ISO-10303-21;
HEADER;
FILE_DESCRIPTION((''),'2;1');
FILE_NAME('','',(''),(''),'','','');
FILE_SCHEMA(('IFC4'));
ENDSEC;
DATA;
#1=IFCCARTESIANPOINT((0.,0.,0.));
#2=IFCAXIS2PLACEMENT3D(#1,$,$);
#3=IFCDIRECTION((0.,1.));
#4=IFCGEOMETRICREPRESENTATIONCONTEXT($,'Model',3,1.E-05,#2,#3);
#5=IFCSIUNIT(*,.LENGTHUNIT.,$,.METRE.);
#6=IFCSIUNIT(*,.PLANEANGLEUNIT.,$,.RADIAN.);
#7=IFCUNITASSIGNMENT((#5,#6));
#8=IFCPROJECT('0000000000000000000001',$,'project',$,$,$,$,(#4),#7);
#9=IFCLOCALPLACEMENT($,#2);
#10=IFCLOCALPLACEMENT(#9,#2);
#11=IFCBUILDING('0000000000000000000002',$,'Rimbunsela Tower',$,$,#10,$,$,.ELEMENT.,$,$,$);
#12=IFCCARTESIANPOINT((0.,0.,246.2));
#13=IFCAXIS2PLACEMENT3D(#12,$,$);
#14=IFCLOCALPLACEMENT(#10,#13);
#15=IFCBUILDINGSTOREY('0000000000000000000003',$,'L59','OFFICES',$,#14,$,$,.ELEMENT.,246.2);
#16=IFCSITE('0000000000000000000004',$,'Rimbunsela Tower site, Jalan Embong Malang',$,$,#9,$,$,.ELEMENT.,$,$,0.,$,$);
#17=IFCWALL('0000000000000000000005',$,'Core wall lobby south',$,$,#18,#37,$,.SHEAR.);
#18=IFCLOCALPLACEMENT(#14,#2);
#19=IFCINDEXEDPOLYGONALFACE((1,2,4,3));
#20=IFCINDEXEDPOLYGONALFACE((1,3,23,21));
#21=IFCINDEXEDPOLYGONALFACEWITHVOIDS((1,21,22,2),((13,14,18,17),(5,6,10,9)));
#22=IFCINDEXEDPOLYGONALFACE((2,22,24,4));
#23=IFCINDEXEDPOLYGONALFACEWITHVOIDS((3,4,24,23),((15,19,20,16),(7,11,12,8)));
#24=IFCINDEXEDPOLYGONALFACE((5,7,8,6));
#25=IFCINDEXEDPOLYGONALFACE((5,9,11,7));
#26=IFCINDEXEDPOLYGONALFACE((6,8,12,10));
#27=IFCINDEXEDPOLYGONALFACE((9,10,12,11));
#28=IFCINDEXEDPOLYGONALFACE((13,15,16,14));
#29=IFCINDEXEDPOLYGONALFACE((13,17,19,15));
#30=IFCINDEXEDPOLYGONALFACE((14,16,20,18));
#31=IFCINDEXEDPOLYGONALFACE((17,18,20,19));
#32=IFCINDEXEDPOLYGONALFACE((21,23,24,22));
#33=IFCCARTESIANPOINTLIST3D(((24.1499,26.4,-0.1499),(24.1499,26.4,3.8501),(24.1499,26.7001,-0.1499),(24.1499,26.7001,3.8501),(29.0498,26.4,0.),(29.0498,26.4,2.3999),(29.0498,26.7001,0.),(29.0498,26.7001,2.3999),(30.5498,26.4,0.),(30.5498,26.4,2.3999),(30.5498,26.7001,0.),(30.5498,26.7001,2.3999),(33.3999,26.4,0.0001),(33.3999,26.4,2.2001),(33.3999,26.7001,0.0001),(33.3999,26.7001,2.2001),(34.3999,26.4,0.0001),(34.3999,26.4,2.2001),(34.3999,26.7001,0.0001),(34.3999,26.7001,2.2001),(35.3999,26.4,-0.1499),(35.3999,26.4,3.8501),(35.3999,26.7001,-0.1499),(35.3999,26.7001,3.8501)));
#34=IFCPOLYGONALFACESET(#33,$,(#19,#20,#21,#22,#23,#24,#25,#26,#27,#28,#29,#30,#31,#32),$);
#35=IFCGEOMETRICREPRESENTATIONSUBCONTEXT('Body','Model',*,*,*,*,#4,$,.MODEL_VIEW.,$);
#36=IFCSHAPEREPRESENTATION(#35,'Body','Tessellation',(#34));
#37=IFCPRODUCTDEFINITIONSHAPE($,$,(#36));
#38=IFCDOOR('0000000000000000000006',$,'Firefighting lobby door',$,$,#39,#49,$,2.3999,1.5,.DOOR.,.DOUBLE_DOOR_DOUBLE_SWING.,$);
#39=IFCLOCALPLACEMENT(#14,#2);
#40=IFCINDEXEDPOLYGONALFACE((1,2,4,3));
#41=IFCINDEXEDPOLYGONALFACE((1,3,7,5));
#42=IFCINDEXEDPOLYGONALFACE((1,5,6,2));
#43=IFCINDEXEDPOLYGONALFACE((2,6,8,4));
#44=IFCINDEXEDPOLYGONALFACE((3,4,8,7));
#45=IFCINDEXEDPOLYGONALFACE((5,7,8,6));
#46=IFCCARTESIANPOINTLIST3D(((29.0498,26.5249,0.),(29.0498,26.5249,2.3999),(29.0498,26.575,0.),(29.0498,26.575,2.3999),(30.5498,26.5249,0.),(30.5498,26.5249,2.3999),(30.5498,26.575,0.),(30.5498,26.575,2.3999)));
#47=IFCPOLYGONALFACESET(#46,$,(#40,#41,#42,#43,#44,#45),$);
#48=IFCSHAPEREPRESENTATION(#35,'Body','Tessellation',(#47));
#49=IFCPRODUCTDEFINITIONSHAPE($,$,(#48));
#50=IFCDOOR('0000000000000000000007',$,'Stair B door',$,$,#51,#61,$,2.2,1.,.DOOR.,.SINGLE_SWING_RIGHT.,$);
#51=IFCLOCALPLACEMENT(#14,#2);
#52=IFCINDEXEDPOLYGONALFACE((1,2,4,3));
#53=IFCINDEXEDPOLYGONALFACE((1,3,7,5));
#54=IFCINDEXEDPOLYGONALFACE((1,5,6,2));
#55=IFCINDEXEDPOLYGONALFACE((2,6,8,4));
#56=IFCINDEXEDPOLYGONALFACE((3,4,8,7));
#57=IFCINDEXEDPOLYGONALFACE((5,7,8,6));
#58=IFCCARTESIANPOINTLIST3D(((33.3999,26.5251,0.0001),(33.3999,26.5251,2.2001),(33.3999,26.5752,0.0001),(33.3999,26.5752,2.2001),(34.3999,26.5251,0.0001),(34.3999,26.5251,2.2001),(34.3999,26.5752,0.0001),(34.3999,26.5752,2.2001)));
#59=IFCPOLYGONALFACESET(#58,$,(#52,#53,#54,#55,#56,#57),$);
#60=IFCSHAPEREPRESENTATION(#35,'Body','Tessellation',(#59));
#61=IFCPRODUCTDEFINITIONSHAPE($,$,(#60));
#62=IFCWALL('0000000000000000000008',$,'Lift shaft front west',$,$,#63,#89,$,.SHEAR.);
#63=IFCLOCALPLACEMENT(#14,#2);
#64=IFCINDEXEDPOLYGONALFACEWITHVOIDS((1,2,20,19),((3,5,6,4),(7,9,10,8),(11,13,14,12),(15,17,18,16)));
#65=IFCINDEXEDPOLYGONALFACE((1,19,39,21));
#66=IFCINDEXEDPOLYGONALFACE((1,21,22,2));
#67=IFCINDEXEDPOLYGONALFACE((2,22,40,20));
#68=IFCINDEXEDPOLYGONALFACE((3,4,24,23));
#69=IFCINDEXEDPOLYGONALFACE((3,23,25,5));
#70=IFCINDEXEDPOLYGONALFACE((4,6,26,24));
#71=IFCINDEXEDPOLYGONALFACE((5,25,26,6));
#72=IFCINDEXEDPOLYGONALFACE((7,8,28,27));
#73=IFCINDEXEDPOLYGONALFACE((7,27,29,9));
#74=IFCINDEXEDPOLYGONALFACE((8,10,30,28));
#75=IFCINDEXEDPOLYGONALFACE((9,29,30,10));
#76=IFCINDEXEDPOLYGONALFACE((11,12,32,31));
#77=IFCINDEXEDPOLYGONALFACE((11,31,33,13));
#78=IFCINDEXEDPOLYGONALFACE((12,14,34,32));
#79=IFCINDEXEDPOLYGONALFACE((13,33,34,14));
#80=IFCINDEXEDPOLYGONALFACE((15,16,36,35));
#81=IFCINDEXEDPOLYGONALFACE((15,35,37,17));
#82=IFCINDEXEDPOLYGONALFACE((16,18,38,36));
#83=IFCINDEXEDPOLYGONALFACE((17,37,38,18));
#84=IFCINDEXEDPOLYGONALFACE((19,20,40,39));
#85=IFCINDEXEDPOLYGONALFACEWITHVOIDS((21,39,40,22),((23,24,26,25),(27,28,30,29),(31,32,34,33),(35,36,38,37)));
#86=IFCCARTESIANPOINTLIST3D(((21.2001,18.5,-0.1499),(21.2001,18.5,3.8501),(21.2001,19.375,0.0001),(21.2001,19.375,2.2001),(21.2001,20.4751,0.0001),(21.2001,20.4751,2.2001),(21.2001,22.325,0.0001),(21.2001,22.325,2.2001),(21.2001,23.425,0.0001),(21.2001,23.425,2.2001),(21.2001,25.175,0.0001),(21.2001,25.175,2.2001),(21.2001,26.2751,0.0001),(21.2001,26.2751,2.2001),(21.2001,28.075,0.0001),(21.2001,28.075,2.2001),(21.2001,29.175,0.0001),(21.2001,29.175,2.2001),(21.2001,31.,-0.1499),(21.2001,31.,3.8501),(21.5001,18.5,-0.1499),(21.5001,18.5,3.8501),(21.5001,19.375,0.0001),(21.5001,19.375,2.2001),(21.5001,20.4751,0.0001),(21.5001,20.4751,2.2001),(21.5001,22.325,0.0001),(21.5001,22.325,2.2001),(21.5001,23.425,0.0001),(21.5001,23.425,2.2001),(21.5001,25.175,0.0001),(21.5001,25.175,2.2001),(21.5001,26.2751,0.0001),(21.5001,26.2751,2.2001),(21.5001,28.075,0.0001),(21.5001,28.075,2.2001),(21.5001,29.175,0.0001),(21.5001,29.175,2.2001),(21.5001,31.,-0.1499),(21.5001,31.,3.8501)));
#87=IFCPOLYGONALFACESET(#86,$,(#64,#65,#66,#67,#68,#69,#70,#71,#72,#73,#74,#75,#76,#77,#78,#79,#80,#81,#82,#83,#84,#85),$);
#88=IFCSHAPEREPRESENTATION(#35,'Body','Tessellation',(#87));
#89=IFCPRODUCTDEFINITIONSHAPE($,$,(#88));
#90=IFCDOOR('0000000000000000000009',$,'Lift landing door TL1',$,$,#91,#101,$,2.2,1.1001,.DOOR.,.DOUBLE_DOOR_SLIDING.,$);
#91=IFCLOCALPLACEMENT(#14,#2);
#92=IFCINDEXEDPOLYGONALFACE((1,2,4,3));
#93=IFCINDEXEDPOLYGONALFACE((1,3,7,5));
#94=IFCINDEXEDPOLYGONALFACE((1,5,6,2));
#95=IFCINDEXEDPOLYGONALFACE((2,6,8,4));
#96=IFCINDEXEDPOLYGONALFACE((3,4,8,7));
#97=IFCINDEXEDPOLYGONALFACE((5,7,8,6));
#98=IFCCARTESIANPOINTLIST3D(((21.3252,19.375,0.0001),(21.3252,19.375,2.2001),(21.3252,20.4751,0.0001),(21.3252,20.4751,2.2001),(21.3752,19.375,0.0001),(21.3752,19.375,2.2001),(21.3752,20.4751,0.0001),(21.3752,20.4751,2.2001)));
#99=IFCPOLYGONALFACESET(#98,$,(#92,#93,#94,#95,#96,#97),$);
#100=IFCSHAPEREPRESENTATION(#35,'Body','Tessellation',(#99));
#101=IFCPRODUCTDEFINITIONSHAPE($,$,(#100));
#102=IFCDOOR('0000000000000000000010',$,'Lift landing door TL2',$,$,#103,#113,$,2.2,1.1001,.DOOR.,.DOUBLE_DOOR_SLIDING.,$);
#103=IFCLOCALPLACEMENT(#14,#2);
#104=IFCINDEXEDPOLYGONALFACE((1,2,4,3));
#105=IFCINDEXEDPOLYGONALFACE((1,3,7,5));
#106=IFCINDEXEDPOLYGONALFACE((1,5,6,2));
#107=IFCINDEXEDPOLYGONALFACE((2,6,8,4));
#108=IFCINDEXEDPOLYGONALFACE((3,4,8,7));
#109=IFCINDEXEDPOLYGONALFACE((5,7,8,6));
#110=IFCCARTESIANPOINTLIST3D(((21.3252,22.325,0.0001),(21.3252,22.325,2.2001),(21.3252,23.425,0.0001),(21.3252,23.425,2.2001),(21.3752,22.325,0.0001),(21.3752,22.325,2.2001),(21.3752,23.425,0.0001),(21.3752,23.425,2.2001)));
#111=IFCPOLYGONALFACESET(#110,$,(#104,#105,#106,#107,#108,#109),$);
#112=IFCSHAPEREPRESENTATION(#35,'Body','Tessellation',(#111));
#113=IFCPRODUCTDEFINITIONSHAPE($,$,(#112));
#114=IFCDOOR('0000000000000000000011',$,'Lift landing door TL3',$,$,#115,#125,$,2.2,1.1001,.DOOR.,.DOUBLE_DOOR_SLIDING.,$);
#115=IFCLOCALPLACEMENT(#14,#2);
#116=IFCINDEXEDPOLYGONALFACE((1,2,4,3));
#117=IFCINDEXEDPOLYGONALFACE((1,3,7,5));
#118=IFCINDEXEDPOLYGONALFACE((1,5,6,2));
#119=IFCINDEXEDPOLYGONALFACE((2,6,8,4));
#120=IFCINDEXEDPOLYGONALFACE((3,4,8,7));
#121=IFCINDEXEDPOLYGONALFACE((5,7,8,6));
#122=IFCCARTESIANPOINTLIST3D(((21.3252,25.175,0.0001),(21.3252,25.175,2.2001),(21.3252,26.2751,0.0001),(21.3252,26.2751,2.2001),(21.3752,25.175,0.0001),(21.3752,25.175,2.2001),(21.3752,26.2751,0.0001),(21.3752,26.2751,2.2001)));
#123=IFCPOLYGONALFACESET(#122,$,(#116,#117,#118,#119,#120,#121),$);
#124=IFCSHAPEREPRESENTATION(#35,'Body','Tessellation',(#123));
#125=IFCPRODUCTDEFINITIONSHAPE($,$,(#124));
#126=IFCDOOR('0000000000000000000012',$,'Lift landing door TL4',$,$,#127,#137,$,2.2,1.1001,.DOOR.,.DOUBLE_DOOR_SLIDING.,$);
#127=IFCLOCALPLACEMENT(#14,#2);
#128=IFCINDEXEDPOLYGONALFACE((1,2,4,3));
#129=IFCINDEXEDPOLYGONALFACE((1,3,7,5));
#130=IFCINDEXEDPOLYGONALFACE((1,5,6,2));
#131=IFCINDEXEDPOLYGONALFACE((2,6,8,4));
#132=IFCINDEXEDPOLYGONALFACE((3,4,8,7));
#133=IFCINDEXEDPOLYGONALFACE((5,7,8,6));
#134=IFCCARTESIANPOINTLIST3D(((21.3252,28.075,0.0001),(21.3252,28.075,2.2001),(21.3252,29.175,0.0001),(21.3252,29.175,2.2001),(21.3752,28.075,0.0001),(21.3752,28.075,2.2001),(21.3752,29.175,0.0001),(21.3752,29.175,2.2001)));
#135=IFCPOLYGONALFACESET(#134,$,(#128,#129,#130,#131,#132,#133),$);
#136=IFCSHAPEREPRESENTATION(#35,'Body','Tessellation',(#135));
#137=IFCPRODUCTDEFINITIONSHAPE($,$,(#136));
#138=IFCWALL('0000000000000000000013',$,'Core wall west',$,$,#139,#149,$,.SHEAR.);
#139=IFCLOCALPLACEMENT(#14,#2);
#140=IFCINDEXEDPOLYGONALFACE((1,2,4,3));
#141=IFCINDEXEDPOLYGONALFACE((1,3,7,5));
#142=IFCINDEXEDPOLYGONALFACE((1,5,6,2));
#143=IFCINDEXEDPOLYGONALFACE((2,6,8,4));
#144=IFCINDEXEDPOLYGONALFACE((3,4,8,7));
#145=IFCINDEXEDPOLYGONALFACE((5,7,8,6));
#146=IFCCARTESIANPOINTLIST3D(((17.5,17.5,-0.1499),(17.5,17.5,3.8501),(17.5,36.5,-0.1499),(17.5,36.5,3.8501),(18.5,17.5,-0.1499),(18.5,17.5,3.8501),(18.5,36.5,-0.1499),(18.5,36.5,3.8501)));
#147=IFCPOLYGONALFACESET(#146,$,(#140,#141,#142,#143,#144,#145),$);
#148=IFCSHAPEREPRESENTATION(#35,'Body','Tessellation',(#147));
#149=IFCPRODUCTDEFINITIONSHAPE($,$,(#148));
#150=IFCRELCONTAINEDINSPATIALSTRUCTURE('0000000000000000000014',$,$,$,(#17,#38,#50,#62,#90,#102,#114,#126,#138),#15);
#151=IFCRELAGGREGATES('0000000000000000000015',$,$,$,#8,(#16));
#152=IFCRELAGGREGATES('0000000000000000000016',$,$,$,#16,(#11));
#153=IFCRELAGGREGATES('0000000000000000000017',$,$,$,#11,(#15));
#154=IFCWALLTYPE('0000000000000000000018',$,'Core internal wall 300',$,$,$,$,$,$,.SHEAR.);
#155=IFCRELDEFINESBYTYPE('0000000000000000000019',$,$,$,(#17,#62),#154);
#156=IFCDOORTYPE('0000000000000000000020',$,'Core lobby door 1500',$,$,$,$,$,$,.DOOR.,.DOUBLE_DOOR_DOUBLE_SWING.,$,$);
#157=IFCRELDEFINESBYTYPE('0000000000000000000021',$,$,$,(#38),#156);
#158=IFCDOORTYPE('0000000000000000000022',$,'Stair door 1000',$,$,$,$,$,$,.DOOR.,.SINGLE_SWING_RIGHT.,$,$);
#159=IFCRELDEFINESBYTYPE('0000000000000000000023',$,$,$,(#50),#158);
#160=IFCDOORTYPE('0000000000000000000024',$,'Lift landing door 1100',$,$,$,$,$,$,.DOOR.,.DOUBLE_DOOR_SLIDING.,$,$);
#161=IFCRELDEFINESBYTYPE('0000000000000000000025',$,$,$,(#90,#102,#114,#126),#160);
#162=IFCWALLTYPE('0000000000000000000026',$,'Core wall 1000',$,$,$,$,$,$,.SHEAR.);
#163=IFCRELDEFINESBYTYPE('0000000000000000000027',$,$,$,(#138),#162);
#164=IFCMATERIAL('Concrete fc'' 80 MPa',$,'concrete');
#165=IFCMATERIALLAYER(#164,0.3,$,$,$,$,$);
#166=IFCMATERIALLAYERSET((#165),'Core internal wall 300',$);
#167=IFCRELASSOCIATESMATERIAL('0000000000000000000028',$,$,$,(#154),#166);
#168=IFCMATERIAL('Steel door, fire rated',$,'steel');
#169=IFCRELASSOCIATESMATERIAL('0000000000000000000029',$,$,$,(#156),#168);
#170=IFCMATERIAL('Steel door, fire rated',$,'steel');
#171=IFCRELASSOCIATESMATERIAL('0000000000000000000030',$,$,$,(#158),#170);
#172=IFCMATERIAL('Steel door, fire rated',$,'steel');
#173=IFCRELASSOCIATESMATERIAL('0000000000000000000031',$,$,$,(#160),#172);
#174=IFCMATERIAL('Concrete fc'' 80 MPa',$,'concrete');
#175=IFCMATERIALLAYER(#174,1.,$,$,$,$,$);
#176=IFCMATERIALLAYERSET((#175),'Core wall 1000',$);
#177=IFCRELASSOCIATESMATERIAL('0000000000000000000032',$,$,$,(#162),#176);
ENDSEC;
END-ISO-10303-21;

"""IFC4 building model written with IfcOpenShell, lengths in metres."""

from ifc_helpers import new_model, si_unit, direction, frame, frame_2d, origin, place, context, subcontext, project, spatial, rectangle, extrude, material, layer, layer_set, type_object, element, fill, save


model = new_model("IFC4")

# Units and contexts
model_context = context("Model", 3, precision=1e-05, world=origin(), true_north=direction((0.0, 1.0)))
body_context = subcontext(model_context, "Body", "Model", "MODEL_VIEW")
ifc_project = project(units=[si_unit("LENGTHUNIT", "METRE"), si_unit("PLANEANGLEUNIT", "RADIAN")], contexts=[model_context])

# Site, building, storey
site_placement = place(None, origin())
site = spatial("IfcSite", under=ifc_project, at=site_placement, Name="Rimbunsela Tower site, Jalan Embong Malang", CompositionType="ELEMENT", RefElevation=0.0)
building_placement = place(site_placement, origin())
building = spatial("IfcBuilding", under=site, at=building_placement, Name="Rimbunsela Tower", CompositionType="ELEMENT")
storey_placement = place(building_placement, frame((0.0, 0.0, 246.2)))
storey = spatial("IfcBuildingStorey", under=building, at=storey_placement, Name="L59", Description="OFFICES", CompositionType="ELEMENT", Elevation=246.2)

# Shared definitions
ifc_material_1 = material(Name="Concrete fc' 80 MPa", Category="concrete")
ifc_layer_1 = layer(ifc_material_1, 0.3)
ifc_layer_set_1 = layer_set([ifc_layer_1], Name="Core internal wall 300")
wall_type_1 = type_object("IfcWallType", Name="Core internal wall 300", PredefinedType="SHEAR", material=ifc_layer_set_1)
ifc_material_2 = material(Name="Steel door, fire rated", Category="steel")
door_type_1 = type_object("IfcDoorType", Name="Core lobby door 1500", OperationType="DOUBLE_DOOR_DOUBLE_SWING", PredefinedType="DOOR", material=ifc_material_2)

# Walls, openings, doors
wall_1_placement = place(storey_placement, frame((24.1499, 26.55, -0.1499), z_axis=(0.0, 0.0, 1.0), x_axis=(1.0, 0.0, 0.0)))
wall_1 = element("IfcWall", 1, at=wall_1_placement, inside=storey, type_object=wall_type_1, Name="Core wall lobby south", PredefinedType="SHEAR", context=body_context, shape_type="SweptSolid", body=[
    extrude(rectangle(XDim=11.25, YDim=0.3, at=frame_2d((5.625, 0.0))), origin(), (0.0, 0.0, 1.0), 4.0),
])
opening_1_placement = place(wall_1_placement, frame((9.25, 0.0, 0.1499)))
opening_1 = element("IfcOpeningElement", 2, at=opening_1_placement, cuts=wall_1, PredefinedType="OPENING", context=body_context, shape_type="SweptSolid", body=[
    extrude(rectangle(XDim=1.0, YDim=2.2, at=frame_2d((0.5, 1.1001))), frame((0.0, 0.1599, 0.0), z_axis=(0.0, -1.0, 0.0), x_axis=(1.0, 0.0, 0.0)), (0.0, 0.0, 1.0), 0.3201),
])
opening_2_placement = place(wall_1_placement, frame((4.8999, 0.0, 0.1499)))
opening_2 = element("IfcOpeningElement", 3, at=opening_2_placement, cuts=wall_1, PredefinedType="OPENING", context=body_context, shape_type="SweptSolid", body=[
    extrude(rectangle(XDim=1.5, YDim=2.3999, at=frame_2d((0.75, 1.2))), frame((0.0, 0.1599, 0.0), z_axis=(0.0, -1.0, 0.0), x_axis=(1.0, 0.0, 0.0)), (0.0, 0.0, 1.0), 0.3201),
])
door_1_placement = place(opening_2_placement, origin())
door_1 = element("IfcDoor", 4, at=door_1_placement, inside=storey, type_object=door_type_1, Name="Firefighting lobby door", OperationType="DOUBLE_DOOR_DOUBLE_SWING", OverallHeight=2.3999, OverallWidth=1.5, PredefinedType="DOOR", context=body_context, shape_type="SweptSolid", body=[
    extrude(rectangle(XDim=1.5, YDim=2.3999, at=frame_2d((0.75, 1.2))), frame((0.0, 0.0249, 0.0), z_axis=(0.0, -1.0, 0.0), x_axis=(1.0, 0.0, 0.0)), (0.0, 0.0, 1.0), 0.05),
])
fill(opening_2, door_1)
ifc_material_3 = material(Name="Steel door, fire rated", Category="steel")
door_type_2 = type_object("IfcDoorType", Name="Stair door 1000", OperationType="SINGLE_SWING_RIGHT", PredefinedType="DOOR", material=ifc_material_3)
door_2_placement = place(opening_1_placement, frame((1.0, 0.0, 0.0), z_axis=(0.0, 0.0, 1.0), x_axis=(-1.0, 0.0, 0.0)))
door_2 = element("IfcDoor", 5, at=door_2_placement, inside=storey, type_object=door_type_2, Name="Stair B door", OperationType="SINGLE_SWING_RIGHT", OverallHeight=2.2, OverallWidth=1.0, PredefinedType="DOOR", context=body_context, shape_type="SweptSolid", body=[
    extrude(rectangle(XDim=1.0, YDim=2.2, at=frame_2d((0.5, 1.1001))), frame((0.0, 0.0249, 0.0), z_axis=(0.0, -1.0, 0.0), x_axis=(1.0, 0.0, 0.0)), (0.0, 0.0, 1.0), 0.05),
])
fill(opening_1, door_2)
wall_2_placement = place(storey_placement, frame((21.3501, 18.5, -0.1499), z_axis=(0.0, 0.0, 1.0), x_axis=(0.0, 1.0, 0.0)))
wall_2 = element("IfcWall", 6, at=wall_2_placement, inside=storey, type_object=wall_type_1, Name="Lift shaft front west", PredefinedType="SHEAR", context=body_context, shape_type="SweptSolid", body=[
    extrude(rectangle(XDim=12.5, YDim=0.3, at=frame_2d((6.25, 0.0))), origin(), (0.0, 0.0, 1.0), 4.0),
])
opening_3_placement = place(wall_2_placement, frame((0.875, 0.0, 0.1499)))
opening_3 = element("IfcOpeningElement", 7, at=opening_3_placement, cuts=wall_2, PredefinedType="OPENING", context=body_context, shape_type="SweptSolid", body=[
    extrude(rectangle(XDim=1.1001, YDim=2.2, at=frame_2d((0.55, 1.1001))), frame((0.0, 0.1599, 0.0), z_axis=(0.0, -1.0, 0.0), x_axis=(1.0, 0.0, 0.0)), (0.0, 0.0, 1.0), 0.3201),
])
opening_4_placement = place(wall_2_placement, frame((3.825, 0.0, 0.1499)))
opening_4 = element("IfcOpeningElement", 8, at=opening_4_placement, cuts=wall_2, PredefinedType="OPENING", context=body_context, shape_type="SweptSolid", body=[
    extrude(rectangle(XDim=1.1001, YDim=2.2, at=frame_2d((0.55, 1.1001))), frame((0.0, 0.1599, 0.0), z_axis=(0.0, -1.0, 0.0), x_axis=(1.0, 0.0, 0.0)), (0.0, 0.0, 1.0), 0.3201),
])
opening_5_placement = place(wall_2_placement, frame((6.675, 0.0, 0.1499)))
opening_5 = element("IfcOpeningElement", 9, at=opening_5_placement, cuts=wall_2, PredefinedType="OPENING", context=body_context, shape_type="SweptSolid", body=[
    extrude(rectangle(XDim=1.1001, YDim=2.2, at=frame_2d((0.55, 1.1001))), frame((0.0, 0.1599, 0.0), z_axis=(0.0, -1.0, 0.0), x_axis=(1.0, 0.0, 0.0)), (0.0, 0.0, 1.0), 0.3201),
])
opening_6_placement = place(wall_2_placement, frame((9.575, 0.0, 0.1499)))
opening_6 = element("IfcOpeningElement", 10, at=opening_6_placement, cuts=wall_2, PredefinedType="OPENING", context=body_context, shape_type="SweptSolid", body=[
    extrude(rectangle(XDim=1.1001, YDim=2.2, at=frame_2d((0.55, 1.1001))), frame((0.0, 0.1599, 0.0), z_axis=(0.0, -1.0, 0.0), x_axis=(1.0, 0.0, 0.0)), (0.0, 0.0, 1.0), 0.3201),
])
ifc_material_4 = material(Name="Steel door, fire rated", Category="steel")
door_type_3 = type_object("IfcDoorType", Name="Lift landing door 1100", OperationType="DOUBLE_DOOR_SLIDING", PredefinedType="DOOR", material=ifc_material_4)
door_3_placement = place(opening_3_placement, origin())
door_3 = element("IfcDoor", 11, at=door_3_placement, inside=storey, type_object=door_type_3, Name="Lift landing door TL1", OperationType="DOUBLE_DOOR_SLIDING", OverallHeight=2.2, OverallWidth=1.1001, PredefinedType="DOOR", context=body_context, shape_type="SweptSolid", body=[
    extrude(rectangle(XDim=1.1001, YDim=2.2, at=frame_2d((0.55, 1.1001))), frame((0.0, 0.0249, 0.0), z_axis=(0.0, -1.0, 0.0), x_axis=(1.0, 0.0, 0.0)), (0.0, 0.0, 1.0), 0.05),
])
fill(opening_3, door_3)
door_4_placement = place(opening_4_placement, origin())
door_4 = element("IfcDoor", 12, at=door_4_placement, inside=storey, type_object=door_type_3, Name="Lift landing door TL2", OperationType="DOUBLE_DOOR_SLIDING", OverallHeight=2.2, OverallWidth=1.1001, PredefinedType="DOOR", context=body_context, shape_type="SweptSolid", body=[
    extrude(rectangle(XDim=1.1001, YDim=2.2, at=frame_2d((0.55, 1.1001))), frame((0.0, 0.0249, 0.0), z_axis=(0.0, -1.0, 0.0), x_axis=(1.0, 0.0, 0.0)), (0.0, 0.0, 1.0), 0.05),
])
fill(opening_4, door_4)
door_5_placement = place(opening_5_placement, origin())
door_5 = element("IfcDoor", 13, at=door_5_placement, inside=storey, type_object=door_type_3, Name="Lift landing door TL3", OperationType="DOUBLE_DOOR_SLIDING", OverallHeight=2.2, OverallWidth=1.1001, PredefinedType="DOOR", context=body_context, shape_type="SweptSolid", body=[
    extrude(rectangle(XDim=1.1001, YDim=2.2, at=frame_2d((0.55, 1.1001))), frame((0.0, 0.0249, 0.0), z_axis=(0.0, -1.0, 0.0), x_axis=(1.0, 0.0, 0.0)), (0.0, 0.0, 1.0), 0.05),
])
fill(opening_5, door_5)
door_6_placement = place(opening_6_placement, origin())
door_6 = element("IfcDoor", 14, at=door_6_placement, inside=storey, type_object=door_type_3, Name="Lift landing door TL4", OperationType="DOUBLE_DOOR_SLIDING", OverallHeight=2.2, OverallWidth=1.1001, PredefinedType="DOOR", context=body_context, shape_type="SweptSolid", body=[
    extrude(rectangle(XDim=1.1001, YDim=2.2, at=frame_2d((0.55, 1.1001))), frame((0.0, 0.0249, 0.0), z_axis=(0.0, -1.0, 0.0), x_axis=(1.0, 0.0, 0.0)), (0.0, 0.0, 1.0), 0.05),
])
fill(opening_6, door_6)

# Wall
ifc_material_5 = material(Name="Concrete fc' 80 MPa", Category="concrete")
ifc_layer_2 = layer(ifc_material_5, 1.0)
ifc_layer_set_2 = layer_set([ifc_layer_2], Name="Core wall 1000")
wall_type_2 = type_object("IfcWallType", Name="Core wall 1000", PredefinedType="SHEAR", material=ifc_layer_set_2)
wall_3_placement = place(storey_placement, frame((18.0, 17.5, -0.1499), z_axis=(0.0, 0.0, 1.0), x_axis=(0.0, 1.0, 0.0)))
element("IfcWall", 15, at=wall_3_placement, inside=storey, type_object=wall_type_2, Name="Core wall west", PredefinedType="SHEAR", context=body_context, shape_type="SweptSolid", body=[
    extrude(rectangle(XDim=19.0, YDim=1.0, at=frame_2d((9.5, 0.0))), origin(), (0.0, 0.0, 1.0), 4.0),
])

save(model, "model.ifc")
